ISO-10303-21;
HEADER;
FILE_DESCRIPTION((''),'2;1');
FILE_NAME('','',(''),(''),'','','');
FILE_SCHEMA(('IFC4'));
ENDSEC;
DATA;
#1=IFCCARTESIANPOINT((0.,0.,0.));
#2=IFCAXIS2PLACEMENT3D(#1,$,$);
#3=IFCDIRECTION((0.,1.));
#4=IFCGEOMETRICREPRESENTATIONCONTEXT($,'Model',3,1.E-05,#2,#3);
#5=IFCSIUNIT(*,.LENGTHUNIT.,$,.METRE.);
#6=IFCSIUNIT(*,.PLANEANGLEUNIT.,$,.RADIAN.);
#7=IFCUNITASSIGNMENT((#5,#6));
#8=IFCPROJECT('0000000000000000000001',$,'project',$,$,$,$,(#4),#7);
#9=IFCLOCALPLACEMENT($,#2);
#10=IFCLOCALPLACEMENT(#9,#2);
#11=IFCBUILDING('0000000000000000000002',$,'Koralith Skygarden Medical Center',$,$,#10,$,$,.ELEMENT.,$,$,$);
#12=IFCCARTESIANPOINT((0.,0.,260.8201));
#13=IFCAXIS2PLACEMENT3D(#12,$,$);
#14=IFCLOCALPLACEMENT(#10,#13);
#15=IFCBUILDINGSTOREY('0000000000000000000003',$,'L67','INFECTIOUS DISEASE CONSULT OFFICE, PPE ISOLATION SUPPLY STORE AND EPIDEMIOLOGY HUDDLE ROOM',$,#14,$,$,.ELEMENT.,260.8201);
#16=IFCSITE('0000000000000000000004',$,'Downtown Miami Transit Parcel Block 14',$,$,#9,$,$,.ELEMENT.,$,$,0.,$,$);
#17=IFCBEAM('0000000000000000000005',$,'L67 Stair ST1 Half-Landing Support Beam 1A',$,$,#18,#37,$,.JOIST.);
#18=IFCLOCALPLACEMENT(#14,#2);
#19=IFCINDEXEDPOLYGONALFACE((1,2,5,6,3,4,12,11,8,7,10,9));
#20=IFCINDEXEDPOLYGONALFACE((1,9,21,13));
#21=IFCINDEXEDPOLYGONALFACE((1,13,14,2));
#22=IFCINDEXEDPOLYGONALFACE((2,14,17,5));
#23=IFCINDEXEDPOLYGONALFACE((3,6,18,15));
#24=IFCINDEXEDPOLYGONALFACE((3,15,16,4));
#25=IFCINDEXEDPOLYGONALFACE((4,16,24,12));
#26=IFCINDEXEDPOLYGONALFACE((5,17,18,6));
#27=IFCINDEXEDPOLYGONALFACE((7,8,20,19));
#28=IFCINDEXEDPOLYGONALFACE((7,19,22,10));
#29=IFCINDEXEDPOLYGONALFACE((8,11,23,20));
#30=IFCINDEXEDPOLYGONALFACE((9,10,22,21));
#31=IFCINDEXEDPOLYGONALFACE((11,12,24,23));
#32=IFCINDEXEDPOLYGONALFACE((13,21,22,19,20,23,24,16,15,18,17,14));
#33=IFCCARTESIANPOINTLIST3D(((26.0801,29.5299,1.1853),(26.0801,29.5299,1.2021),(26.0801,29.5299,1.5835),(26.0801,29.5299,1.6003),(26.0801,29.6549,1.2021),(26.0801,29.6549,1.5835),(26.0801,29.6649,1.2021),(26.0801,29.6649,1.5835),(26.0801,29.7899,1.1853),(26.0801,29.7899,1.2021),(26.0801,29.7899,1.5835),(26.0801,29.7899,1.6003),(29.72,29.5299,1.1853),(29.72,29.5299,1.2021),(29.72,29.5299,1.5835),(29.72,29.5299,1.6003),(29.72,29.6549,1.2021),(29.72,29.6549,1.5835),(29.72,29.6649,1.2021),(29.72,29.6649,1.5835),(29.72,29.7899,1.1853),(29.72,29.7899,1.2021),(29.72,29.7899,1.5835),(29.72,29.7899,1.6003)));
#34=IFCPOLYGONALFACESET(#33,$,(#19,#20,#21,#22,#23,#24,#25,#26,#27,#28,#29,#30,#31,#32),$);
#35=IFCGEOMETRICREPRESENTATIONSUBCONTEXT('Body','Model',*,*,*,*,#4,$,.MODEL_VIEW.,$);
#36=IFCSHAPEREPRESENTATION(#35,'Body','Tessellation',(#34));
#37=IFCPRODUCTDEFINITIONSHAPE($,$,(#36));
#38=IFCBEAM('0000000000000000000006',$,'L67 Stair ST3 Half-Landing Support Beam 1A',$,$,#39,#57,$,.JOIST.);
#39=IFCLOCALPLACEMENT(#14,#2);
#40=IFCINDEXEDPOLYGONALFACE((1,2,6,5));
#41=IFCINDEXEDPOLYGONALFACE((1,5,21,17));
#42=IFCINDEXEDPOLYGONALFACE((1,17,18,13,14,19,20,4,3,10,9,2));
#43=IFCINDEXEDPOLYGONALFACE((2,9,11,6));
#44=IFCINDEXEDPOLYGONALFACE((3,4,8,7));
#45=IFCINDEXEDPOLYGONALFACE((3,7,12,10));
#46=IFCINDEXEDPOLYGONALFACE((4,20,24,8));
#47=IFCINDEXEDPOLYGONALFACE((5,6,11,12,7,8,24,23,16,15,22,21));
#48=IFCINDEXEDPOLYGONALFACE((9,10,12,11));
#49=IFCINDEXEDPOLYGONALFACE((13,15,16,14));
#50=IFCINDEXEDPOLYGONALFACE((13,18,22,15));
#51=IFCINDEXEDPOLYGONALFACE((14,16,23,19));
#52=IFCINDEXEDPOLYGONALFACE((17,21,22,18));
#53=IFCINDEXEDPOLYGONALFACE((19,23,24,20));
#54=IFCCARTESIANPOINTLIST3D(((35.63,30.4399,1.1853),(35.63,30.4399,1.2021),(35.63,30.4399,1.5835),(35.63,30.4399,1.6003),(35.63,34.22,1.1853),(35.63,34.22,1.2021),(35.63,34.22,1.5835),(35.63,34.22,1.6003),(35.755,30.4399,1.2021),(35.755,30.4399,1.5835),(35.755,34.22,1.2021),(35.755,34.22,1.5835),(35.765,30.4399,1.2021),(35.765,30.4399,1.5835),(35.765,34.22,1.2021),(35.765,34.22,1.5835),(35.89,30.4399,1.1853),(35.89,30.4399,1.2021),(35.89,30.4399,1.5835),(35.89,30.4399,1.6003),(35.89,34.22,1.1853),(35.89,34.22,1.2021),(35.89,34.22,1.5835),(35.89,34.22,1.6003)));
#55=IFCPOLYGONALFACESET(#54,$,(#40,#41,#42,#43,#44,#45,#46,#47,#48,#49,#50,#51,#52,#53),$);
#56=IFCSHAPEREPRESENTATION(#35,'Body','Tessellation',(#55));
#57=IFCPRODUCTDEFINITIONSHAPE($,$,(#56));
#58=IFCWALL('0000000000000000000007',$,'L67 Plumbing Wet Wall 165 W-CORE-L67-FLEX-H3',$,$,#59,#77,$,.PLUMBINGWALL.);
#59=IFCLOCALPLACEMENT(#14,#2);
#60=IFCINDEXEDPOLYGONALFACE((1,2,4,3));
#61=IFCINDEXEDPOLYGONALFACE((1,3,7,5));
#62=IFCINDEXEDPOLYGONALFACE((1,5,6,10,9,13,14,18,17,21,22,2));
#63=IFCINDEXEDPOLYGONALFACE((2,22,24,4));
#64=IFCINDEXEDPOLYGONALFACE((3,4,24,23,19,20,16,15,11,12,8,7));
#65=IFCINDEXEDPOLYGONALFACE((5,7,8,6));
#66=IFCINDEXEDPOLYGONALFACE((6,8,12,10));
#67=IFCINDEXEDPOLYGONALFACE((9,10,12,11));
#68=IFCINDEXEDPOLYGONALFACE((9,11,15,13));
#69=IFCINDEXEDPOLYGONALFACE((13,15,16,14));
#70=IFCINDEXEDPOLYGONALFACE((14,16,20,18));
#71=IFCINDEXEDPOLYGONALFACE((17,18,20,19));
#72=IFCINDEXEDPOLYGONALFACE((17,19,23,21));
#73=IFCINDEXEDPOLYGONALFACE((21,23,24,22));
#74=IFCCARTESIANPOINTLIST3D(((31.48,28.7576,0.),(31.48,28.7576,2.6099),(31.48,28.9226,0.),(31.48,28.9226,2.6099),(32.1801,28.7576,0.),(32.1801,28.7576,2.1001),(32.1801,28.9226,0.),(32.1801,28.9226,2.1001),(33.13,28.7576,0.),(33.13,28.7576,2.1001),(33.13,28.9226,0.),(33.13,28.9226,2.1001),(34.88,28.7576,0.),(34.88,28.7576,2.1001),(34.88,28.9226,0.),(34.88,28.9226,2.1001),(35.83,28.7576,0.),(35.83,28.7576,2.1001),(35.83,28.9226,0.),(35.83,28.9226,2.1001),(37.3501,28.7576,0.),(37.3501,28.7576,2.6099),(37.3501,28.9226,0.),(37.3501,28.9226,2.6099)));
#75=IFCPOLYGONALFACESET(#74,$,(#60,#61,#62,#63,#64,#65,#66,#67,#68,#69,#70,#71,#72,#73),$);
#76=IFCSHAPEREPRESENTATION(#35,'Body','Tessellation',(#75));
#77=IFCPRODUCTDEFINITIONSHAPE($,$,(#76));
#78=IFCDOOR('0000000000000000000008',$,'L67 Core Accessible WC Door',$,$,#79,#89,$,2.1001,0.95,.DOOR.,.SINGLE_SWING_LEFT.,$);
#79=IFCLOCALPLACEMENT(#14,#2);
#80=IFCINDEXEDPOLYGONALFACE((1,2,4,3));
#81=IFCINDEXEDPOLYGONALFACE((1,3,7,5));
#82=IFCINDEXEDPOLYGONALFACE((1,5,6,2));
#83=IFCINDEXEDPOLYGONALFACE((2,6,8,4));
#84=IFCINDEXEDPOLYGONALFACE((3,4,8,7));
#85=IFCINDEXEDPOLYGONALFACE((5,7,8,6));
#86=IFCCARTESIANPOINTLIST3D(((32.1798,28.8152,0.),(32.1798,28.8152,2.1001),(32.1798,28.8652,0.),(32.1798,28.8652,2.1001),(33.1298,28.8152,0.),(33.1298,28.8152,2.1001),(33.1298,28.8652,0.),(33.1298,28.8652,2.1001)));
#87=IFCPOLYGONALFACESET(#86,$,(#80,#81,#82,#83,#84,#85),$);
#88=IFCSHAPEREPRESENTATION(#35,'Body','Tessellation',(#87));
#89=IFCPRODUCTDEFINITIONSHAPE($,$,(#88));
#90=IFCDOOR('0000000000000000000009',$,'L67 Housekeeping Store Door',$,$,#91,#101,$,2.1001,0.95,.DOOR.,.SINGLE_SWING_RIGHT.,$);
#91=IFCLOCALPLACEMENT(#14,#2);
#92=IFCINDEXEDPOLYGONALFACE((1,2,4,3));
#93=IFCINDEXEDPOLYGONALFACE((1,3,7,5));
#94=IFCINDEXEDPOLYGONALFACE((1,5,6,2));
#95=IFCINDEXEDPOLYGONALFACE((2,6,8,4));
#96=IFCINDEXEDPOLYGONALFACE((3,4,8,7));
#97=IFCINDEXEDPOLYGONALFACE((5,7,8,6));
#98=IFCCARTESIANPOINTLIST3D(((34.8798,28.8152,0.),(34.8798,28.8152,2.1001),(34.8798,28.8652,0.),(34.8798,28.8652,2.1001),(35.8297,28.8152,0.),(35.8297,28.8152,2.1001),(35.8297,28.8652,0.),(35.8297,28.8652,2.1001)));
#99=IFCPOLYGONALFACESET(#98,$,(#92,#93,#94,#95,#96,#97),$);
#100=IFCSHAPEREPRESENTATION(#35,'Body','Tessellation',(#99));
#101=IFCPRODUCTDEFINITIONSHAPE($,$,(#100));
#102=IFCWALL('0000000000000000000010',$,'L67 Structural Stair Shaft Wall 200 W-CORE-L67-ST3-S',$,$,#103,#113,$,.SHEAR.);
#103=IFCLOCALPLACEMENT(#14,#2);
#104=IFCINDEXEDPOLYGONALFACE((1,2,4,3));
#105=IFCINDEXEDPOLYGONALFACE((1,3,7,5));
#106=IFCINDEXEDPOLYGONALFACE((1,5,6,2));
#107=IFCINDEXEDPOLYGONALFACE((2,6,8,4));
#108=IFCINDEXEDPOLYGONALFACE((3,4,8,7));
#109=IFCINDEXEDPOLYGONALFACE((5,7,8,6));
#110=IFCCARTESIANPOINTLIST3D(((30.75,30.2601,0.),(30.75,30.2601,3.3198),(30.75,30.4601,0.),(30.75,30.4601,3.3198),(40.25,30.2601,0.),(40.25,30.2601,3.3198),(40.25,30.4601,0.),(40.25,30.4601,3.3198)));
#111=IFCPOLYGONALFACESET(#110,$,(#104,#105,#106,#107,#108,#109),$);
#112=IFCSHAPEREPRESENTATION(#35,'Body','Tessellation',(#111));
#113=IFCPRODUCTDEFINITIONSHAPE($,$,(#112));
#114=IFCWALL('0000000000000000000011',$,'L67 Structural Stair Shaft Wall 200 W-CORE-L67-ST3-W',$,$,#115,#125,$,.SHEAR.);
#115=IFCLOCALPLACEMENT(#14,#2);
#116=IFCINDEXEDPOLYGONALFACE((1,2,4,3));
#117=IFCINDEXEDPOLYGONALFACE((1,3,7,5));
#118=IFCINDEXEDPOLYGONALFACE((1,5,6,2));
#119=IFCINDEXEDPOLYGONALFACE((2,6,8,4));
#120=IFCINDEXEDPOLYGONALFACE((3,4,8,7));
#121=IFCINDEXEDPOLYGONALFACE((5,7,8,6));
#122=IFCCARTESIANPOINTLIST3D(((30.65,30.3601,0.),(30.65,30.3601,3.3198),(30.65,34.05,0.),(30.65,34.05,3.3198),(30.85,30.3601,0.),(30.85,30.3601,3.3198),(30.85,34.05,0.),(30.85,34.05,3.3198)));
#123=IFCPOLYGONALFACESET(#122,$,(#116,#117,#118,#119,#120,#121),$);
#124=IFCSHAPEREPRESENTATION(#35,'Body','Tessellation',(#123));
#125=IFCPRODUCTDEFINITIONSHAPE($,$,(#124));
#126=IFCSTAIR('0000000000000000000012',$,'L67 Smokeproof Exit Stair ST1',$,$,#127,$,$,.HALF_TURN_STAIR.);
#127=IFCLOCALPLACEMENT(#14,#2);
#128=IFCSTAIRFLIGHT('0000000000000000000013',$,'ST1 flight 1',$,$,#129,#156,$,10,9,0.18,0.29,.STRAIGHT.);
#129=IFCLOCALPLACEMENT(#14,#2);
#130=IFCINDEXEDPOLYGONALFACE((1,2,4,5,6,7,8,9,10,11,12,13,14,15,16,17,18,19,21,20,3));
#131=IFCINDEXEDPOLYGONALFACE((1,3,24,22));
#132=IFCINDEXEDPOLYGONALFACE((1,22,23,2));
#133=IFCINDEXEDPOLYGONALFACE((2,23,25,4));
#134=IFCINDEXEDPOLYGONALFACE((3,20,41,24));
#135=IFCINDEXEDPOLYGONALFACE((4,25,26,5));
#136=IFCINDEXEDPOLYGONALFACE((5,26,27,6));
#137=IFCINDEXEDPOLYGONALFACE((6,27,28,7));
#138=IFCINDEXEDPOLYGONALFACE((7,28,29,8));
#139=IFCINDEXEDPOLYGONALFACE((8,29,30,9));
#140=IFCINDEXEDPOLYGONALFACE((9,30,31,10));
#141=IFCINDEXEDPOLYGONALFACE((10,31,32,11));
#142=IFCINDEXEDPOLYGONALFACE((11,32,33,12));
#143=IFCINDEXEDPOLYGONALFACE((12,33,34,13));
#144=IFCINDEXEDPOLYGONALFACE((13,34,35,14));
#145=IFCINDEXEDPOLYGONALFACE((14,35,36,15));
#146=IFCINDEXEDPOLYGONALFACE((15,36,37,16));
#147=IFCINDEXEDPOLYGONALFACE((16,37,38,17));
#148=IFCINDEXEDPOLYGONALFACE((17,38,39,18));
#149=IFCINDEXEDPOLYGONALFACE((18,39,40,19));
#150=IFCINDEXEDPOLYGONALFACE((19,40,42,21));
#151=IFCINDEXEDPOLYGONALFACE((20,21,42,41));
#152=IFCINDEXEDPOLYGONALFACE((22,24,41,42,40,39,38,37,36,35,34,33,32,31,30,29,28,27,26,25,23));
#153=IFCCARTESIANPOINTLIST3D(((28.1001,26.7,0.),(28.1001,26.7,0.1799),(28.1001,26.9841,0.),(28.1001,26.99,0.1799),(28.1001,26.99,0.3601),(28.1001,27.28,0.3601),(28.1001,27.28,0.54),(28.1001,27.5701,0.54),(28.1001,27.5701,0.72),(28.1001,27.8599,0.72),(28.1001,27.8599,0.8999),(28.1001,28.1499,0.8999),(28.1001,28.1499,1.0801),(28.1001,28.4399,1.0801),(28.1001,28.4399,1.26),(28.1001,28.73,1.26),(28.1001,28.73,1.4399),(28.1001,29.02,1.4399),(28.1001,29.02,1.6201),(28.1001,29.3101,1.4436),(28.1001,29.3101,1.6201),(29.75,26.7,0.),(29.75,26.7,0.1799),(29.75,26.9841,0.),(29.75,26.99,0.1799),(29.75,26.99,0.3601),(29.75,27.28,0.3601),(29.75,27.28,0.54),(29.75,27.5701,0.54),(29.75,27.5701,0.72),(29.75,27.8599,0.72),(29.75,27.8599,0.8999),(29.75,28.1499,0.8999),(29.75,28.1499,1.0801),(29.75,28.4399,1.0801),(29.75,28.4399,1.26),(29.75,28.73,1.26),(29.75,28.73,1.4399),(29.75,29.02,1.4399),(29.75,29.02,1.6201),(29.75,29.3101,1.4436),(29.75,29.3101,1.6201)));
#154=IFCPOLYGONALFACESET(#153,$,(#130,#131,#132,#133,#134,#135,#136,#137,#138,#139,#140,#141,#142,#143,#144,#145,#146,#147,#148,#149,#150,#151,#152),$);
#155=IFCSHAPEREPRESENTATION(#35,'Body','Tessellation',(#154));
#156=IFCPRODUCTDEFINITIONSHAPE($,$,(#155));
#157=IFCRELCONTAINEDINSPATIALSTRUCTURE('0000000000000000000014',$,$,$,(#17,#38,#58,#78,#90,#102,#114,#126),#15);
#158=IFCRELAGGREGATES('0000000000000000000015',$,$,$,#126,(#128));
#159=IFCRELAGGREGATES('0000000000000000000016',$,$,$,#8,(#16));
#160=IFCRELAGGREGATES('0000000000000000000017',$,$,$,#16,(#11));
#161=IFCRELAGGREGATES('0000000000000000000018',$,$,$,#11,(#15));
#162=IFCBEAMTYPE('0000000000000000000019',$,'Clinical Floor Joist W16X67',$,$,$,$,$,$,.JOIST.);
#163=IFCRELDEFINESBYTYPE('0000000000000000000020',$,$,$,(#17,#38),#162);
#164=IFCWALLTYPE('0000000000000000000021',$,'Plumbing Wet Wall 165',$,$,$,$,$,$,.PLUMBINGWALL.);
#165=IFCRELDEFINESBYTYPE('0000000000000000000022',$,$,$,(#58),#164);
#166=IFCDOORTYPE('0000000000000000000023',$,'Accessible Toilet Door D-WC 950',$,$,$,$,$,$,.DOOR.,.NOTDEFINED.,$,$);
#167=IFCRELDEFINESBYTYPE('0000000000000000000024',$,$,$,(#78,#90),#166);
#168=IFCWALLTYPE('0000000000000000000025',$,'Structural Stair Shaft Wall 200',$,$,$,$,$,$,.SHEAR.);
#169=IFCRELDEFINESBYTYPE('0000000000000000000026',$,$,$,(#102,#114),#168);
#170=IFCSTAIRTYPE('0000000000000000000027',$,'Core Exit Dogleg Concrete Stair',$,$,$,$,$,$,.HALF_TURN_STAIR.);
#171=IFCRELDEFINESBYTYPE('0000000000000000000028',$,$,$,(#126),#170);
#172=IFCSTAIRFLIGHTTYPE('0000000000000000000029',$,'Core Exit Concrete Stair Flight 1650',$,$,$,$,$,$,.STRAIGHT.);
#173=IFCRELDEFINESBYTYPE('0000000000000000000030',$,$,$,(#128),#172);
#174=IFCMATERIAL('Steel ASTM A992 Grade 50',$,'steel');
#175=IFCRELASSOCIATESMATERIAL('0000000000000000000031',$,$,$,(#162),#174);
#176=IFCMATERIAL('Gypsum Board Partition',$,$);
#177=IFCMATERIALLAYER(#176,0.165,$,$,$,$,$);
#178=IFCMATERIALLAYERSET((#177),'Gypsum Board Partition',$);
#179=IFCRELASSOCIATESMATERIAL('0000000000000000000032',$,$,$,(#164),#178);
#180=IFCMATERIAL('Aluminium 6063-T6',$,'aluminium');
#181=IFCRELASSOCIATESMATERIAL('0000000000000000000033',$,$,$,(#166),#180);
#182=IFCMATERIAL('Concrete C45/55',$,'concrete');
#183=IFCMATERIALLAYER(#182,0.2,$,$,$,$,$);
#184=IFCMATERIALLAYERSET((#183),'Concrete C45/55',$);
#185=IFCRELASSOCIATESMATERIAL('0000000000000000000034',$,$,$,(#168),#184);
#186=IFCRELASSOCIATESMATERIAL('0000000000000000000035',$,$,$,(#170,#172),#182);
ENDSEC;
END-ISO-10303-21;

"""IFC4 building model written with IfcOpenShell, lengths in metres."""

from ifc_helpers import new_model, si_unit, direction, frame, frame_2d, origin, origin_2d, place, context, subcontext, project, spatial, polyline, rectangle, i_section, outline, extrude, material, layer, layer_set, material_profile, profile_set, type_object, element, fill, aggregate, save


model = new_model("IFC4")

# Units and contexts
model_context = context("Model", 3, precision=1e-05, world=origin(), true_north=direction((0.0, 1.0)))
body_context = subcontext(model_context, "Body", "Model", "MODEL_VIEW")
ifc_project = project(units=[si_unit("LENGTHUNIT", "METRE"), si_unit("PLANEANGLEUNIT", "RADIAN")], contexts=[model_context])

# Site, building, storey
site_placement = place(None, origin())
site = spatial("IfcSite", under=ifc_project, at=site_placement, Name="Downtown Miami Transit Parcel Block 14", CompositionType="ELEMENT", RefElevation=0.0)
building_placement = place(site_placement, origin())
building = spatial("IfcBuilding", under=site, at=building_placement, Name="Koralith Skygarden Medical Center", CompositionType="ELEMENT")
storey_placement = place(building_placement, frame((0.0, 0.0, 260.8201)))
storey = spatial("IfcBuildingStorey", under=building, at=storey_placement, Name="L67", Description="INFECTIOUS DISEASE CONSULT OFFICE, PPE ISOLATION SUPPLY STORE AND EPIDEMIOLOGY HUDDLE ROOM", CompositionType="ELEMENT", Elevation=260.8201)

# Beams
ifc_material_1 = material(Name="Steel ASTM A992 Grade 50", Category="steel")
ifc_material_profile = material_profile(ifc_material_1, i_section(OverallWidth=0.26, OverallDepth=0.415, WebThickness=0.01, FlangeThickness=0.0168, at=origin_2d()), Name="W16X67")
ifc_profile_set = profile_set([ifc_material_profile], Name="Steel ASTM A992 Grade 50")
beam_type = type_object("IfcBeamType", Name="Clinical Floor Joist W16X67", PredefinedType="JOIST", material=ifc_profile_set)
beam_1_placement = place(storey_placement, frame((26.0801, 29.6599, 1.3928), z_axis=(1.0, 0.0, 0.0), x_axis=(0.0, 1.0, 0.0)))
element("IfcBeam", 1, at=beam_1_placement, inside=storey, type_object=beam_type, Name="L67 Stair ST1 Half-Landing Support Beam 1A", PredefinedType="JOIST", context=body_context, shape_type="SweptSolid", body=[
    extrude(i_section(OverallWidth=0.26, OverallDepth=0.415, WebThickness=0.01, FlangeThickness=0.0168, at=origin_2d()), origin(), (0.0, 0.0, 1.0), 3.6399),
])
beam_2_placement = place(storey_placement, frame((35.76, 30.4399, 1.3928), z_axis=(0.0, 1.0, 0.0), x_axis=(-1.0, 0.0, 0.0)))
element("IfcBeam", 2, at=beam_2_placement, inside=storey, type_object=beam_type, Name="L67 Stair ST3 Half-Landing Support Beam 1A", PredefinedType="JOIST", context=body_context, shape_type="SweptSolid", body=[
    extrude(i_section(OverallWidth=0.26, OverallDepth=0.415, WebThickness=0.01, FlangeThickness=0.0168, at=origin_2d()), origin(), (0.0, 0.0, 1.0), 3.78),
])

# Wall, openings, doors
ifc_material_2 = material(Name="Gypsum Board Partition")
ifc_layer_1 = layer(ifc_material_2, 0.165)
ifc_layer_set_1 = layer_set([ifc_layer_1], Name="Gypsum Board Partition")
wall_type_1 = type_object("IfcWallType", Name="Plumbing Wet Wall 165", PredefinedType="PLUMBINGWALL", material=ifc_layer_set_1)
wall_1_placement = place(storey_placement, frame((31.48, 28.8401, 0.0), z_axis=(0.0, 0.0, 1.0), x_axis=(1.0, 0.0, 0.0)))
wall_1 = element("IfcWall", 3, at=wall_1_placement, inside=storey, type_object=wall_type_1, Name="L67 Plumbing Wet Wall 165 W-CORE-L67-FLEX-H3", PredefinedType="PLUMBINGWALL", context=body_context, shape_type="SweptSolid", body=[
    extrude(rectangle(XDim=5.8701, YDim=0.165, at=frame_2d((2.9351, 0.0))), origin(), (0.0, 0.0, 1.0), 2.6099),
])
opening_1_placement = place(wall_1_placement, frame((0.7, 0.0, 0.0)))
opening_1 = element("IfcOpeningElement", 4, at=opening_1_placement, cuts=wall_1, PredefinedType="OPENING", context=body_context, shape_type="SweptSolid", body=[
    extrude(rectangle(XDim=0.95, YDim=2.1001, at=frame_2d((0.4751, 1.05))), frame((0.0, 0.0925, 0.0), z_axis=(0.0, -1.0, 0.0), x_axis=(1.0, 0.0, 0.0)), (0.0, 0.0, 1.0), 0.1851),
])
opening_2_placement = place(wall_1_placement, frame((3.3999, 0.0, 0.0)))
opening_2 = element("IfcOpeningElement", 5, at=opening_2_placement, cuts=wall_1, PredefinedType="OPENING", context=body_context, shape_type="SweptSolid", body=[
    extrude(rectangle(XDim=0.95, YDim=2.1001, at=frame_2d((0.4751, 1.05))), frame((0.0, 0.0925, 0.0), z_axis=(0.0, -1.0, 0.0), x_axis=(1.0, 0.0, 0.0)), (0.0, 0.0, 1.0), 0.1851),
])
ifc_material_3 = material(Name="Aluminium 6063-T6", Category="aluminium")
door_type = type_object("IfcDoorType", Name="Accessible Toilet Door D-WC 950", OperationType="NOTDEFINED", PredefinedType="DOOR", material=ifc_material_3)
door_1_placement = place(opening_1_placement, frame((0.95, 0.0, 0.0), z_axis=(0.0, 0.0, 1.0), x_axis=(-1.0, 0.0, 0.0)))
door_1 = element("IfcDoor", 6, at=door_1_placement, inside=storey, type_object=door_type, Name="L67 Core Accessible WC Door", OperationType="SINGLE_SWING_LEFT", OverallHeight=2.1001, OverallWidth=0.95, PredefinedType="DOOR", context=body_context, shape_type="SweptSolid", body=[
    extrude(rectangle(XDim=0.95, YDim=2.1001, at=frame_2d((0.4751, 1.05))), frame((0.0, 0.0249, 0.0), z_axis=(0.0, -1.0, 0.0), x_axis=(1.0, 0.0, 0.0)), (0.0, 0.0, 1.0), 0.05),
])
fill(opening_1, door_1)
door_2_placement = place(opening_2_placement, frame((0.95, 0.0, 0.0), z_axis=(0.0, 0.0, 1.0), x_axis=(-1.0, 0.0, 0.0)))
door_2 = element("IfcDoor", 7, at=door_2_placement, inside=storey, type_object=door_type, Name="L67 Housekeeping Store Door", OperationType="SINGLE_SWING_RIGHT", OverallHeight=2.1001, OverallWidth=0.95, PredefinedType="DOOR", context=body_context, shape_type="SweptSolid", body=[
    extrude(rectangle(XDim=0.95, YDim=2.1001, at=frame_2d((0.4751, 1.05))), frame((0.0, 0.0249, 0.0), z_axis=(0.0, -1.0, 0.0), x_axis=(1.0, 0.0, 0.0)), (0.0, 0.0, 1.0), 0.05),
])
fill(opening_2, door_2)

# Walls
ifc_material_4 = material(Name="Concrete C45/55", Category="concrete")
ifc_layer_2 = layer(ifc_material_4, 0.2)
ifc_layer_set_2 = layer_set([ifc_layer_2], Name="Concrete C45/55")
wall_type_2 = type_object("IfcWallType", Name="Structural Stair Shaft Wall 200", PredefinedType="SHEAR", material=ifc_layer_set_2)
wall_2_placement = place(storey_placement, frame((30.75, 30.3601, 0.0), z_axis=(0.0, 0.0, 1.0), x_axis=(1.0, 0.0, 0.0)))
element("IfcWall", 8, at=wall_2_placement, inside=storey, type_object=wall_type_2, Name="L67 Structural Stair Shaft Wall 200 W-CORE-L67-ST3-S", PredefinedType="SHEAR", context=body_context, shape_type="SweptSolid", body=[
    extrude(rectangle(XDim=9.5, YDim=0.2, at=frame_2d((4.75, 0.0))), origin(), (0.0, 0.0, 1.0), 3.3198),
])
wall_3_placement = place(storey_placement, frame((30.75, 30.3601, 0.0), z_axis=(0.0, 0.0, 1.0), x_axis=(0.0, 1.0, 0.0)))
element("IfcWall", 9, at=wall_3_placement, inside=storey, type_object=wall_type_2, Name="L67 Structural Stair Shaft Wall 200 W-CORE-L67-ST3-W", PredefinedType="SHEAR", context=body_context, shape_type="SweptSolid", body=[
    extrude(rectangle(XDim=3.6899, YDim=0.2, at=frame_2d((1.845, 0.0))), origin(), (0.0, 0.0, 1.0), 3.3198),
])

# Stair, stair flight
stair_type = type_object("IfcStairType", Name="Core Exit Dogleg Concrete Stair", PredefinedType="HALF_TURN_STAIR", material=ifc_material_4)
stair_1_placement = place(storey_placement, origin())
stair_1 = element("IfcStair", 10, at=stair_1_placement, inside=storey, type_object=stair_type, Name="L67 Smokeproof Exit Stair ST1", PredefinedType="HALF_TURN_STAIR")
stair_flight_type = type_object("IfcStairFlightType", Name="Core Exit Concrete Stair Flight 1650", PredefinedType="STRAIGHT", material=ifc_material_4)
stair_flight_1_placement = place(storey_placement, frame((28.925, 26.7, 0.0), z_axis=(0.0, 0.0, 1.0), x_axis=(0.0, 1.0, 0.0)))
stair_flight_1 = element("IfcStairFlight", 11, at=stair_flight_1_placement, type_object=stair_flight_type, Name="ST1 flight 1", NumberOfRisers=10, NumberOfTreads=9, PredefinedType="STRAIGHT", RiserHeight=0.18, TreadLength=0.29, context=body_context, shape_type="SweptSolid", body=[
    extrude(outline(polyline([(0.0, 0.0), (0.0, 0.1799), (0.29, 0.1799), (0.29, 0.3601), (0.5801, 0.3601), (0.5801, 0.54), (0.8701, 0.54), (0.8701, 0.72), (1.1599, 0.72), (1.1599, 0.8999), (1.45, 0.8999), (1.45, 1.0801), (1.74, 1.0801), (1.74, 1.26), (2.03, 1.26), (2.03, 1.4399), (2.3201, 1.4399), (2.3201, 1.6201), (2.6101, 1.6201), (2.6101, 1.8), (2.6101, 1.4436), (0.2842, 0.0), (0.0, 0.0)])), frame((0.0, 0.825, 0.0), z_axis=(0.0, -1.0, 0.0), x_axis=(1.0, 0.0, 0.0)), (0.0, 0.0, 1.0), 1.6499),
])
aggregate(stair_1, [stair_flight_1])

save(model, "model.ifc")
